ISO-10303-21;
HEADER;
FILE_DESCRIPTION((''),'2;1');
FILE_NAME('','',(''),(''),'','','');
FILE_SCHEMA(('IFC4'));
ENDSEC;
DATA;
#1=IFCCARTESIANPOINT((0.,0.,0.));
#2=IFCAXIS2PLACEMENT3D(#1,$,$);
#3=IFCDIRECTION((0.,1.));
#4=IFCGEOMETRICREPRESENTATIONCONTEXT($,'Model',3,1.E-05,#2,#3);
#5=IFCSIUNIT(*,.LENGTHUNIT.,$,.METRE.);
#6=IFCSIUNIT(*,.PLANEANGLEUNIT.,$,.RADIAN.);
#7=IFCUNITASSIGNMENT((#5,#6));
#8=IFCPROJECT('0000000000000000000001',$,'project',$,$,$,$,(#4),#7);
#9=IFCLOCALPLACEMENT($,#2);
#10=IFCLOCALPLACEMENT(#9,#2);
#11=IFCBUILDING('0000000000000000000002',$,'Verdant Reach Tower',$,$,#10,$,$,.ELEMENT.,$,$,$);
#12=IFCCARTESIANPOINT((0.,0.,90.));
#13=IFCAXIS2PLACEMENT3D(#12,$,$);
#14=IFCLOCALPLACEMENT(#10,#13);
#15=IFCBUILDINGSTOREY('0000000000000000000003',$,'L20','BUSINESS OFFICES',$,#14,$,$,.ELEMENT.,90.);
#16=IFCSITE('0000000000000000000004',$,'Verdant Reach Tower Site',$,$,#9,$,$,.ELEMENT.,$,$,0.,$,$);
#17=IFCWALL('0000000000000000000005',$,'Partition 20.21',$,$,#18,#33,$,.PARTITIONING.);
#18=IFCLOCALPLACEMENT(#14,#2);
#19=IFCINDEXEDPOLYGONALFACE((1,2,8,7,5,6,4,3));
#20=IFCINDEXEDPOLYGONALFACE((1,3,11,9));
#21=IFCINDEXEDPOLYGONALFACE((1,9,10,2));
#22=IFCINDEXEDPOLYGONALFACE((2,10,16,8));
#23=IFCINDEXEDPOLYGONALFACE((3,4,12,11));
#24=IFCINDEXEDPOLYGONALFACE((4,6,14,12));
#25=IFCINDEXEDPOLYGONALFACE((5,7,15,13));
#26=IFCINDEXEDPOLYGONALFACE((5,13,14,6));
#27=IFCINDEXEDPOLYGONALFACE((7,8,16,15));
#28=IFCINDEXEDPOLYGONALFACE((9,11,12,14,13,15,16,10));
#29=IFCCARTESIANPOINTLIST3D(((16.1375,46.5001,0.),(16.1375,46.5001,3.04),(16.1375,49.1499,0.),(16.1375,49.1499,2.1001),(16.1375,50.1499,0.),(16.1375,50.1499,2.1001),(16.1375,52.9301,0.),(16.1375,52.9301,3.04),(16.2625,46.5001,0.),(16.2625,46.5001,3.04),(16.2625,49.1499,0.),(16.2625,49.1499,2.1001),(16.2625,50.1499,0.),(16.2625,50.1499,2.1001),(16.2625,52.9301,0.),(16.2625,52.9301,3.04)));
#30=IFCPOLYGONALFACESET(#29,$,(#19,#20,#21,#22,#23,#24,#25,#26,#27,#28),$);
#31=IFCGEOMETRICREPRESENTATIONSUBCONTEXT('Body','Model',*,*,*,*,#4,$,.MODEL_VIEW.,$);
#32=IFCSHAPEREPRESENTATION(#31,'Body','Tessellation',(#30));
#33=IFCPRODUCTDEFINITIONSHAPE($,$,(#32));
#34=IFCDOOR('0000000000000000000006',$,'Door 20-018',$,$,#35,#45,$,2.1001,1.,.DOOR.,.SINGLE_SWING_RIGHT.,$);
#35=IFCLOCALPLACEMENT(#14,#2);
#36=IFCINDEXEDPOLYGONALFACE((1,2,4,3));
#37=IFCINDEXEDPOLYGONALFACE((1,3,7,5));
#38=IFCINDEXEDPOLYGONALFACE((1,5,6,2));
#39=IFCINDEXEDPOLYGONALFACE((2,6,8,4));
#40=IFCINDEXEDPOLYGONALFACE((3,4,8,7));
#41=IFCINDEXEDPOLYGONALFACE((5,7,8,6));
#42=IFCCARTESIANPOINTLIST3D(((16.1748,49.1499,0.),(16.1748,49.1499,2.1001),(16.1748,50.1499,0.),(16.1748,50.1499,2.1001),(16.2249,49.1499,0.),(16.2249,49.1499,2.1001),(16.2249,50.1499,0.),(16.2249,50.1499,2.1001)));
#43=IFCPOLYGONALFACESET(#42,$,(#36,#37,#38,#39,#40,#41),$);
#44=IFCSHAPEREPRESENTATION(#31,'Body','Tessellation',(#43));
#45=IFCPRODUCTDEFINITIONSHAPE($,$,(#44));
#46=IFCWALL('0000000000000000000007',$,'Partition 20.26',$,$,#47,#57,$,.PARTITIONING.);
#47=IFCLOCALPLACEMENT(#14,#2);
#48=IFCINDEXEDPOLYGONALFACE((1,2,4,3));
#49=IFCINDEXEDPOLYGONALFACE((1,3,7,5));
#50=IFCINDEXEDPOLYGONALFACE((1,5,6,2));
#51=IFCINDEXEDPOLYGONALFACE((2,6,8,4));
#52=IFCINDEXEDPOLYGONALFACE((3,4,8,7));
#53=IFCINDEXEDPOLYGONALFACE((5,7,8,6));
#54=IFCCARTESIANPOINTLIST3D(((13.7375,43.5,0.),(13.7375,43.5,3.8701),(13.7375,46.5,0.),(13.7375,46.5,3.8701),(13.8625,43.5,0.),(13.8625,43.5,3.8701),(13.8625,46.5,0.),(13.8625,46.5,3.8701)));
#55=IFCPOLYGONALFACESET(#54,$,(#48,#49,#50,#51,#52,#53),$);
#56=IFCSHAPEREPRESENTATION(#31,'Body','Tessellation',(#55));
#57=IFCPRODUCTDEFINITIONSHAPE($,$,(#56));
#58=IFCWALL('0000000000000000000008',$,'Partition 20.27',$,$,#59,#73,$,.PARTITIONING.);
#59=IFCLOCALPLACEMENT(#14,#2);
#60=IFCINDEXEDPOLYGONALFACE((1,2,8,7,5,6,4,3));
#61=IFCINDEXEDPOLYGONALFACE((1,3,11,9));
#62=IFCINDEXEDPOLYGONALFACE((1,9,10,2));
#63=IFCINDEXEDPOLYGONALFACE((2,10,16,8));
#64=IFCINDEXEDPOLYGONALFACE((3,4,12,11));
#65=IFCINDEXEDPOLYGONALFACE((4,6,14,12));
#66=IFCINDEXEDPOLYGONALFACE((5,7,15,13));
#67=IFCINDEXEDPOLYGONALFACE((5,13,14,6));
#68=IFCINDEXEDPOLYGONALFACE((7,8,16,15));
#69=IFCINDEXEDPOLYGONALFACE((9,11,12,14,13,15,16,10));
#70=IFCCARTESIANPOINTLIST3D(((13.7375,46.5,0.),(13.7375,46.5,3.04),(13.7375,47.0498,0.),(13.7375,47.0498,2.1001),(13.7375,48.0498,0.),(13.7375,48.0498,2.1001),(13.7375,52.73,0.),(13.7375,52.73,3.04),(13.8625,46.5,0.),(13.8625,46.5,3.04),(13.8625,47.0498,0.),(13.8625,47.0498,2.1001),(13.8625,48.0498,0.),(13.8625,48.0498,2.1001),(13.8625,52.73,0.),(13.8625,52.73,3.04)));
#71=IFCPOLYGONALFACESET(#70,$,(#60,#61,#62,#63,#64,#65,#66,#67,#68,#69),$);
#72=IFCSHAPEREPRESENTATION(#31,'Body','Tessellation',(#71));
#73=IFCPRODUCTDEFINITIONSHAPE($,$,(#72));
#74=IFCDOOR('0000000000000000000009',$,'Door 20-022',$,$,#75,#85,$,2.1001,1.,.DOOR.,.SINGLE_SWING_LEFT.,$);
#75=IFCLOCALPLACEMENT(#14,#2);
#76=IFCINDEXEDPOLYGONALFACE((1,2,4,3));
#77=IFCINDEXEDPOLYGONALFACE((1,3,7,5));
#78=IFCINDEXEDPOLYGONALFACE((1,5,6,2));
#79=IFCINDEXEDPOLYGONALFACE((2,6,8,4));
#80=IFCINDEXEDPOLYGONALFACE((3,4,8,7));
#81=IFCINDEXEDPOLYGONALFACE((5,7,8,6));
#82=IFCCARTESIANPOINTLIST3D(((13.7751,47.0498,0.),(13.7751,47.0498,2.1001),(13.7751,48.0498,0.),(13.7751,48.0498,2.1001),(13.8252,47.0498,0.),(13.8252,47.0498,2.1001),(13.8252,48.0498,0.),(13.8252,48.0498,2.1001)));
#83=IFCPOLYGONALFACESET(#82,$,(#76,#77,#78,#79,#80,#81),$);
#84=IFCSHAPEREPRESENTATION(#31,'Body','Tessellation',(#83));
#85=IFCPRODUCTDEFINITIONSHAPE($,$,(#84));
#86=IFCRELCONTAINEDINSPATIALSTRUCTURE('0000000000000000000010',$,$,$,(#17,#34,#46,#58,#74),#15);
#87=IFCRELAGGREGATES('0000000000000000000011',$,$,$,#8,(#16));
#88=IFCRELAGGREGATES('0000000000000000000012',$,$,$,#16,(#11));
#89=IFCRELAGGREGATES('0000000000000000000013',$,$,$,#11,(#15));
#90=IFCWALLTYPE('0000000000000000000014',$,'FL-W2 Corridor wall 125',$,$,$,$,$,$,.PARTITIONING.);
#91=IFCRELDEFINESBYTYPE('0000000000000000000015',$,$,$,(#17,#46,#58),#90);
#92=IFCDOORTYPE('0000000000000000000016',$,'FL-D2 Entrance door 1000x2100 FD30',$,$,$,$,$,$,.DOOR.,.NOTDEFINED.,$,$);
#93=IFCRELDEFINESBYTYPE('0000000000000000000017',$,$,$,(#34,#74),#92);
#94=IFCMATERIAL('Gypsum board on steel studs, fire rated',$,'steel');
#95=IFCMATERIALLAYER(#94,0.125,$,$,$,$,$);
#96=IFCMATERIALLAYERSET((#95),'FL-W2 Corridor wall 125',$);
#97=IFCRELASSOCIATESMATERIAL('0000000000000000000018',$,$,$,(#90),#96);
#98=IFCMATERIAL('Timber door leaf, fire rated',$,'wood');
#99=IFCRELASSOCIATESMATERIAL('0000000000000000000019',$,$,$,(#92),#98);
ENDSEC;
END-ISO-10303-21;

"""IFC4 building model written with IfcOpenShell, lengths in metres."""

from ifc_helpers import new_model, si_unit, direction, frame, frame_2d, origin, place, context, subcontext, project, spatial, rectangle, extrude, material, layer, layer_set, type_object, element, fill, save


model = new_model("IFC4")

# Units and contexts
model_context = context("Model", 3, precision=1e-05, world=origin(), true_north=direction((0.0, 1.0)))
body_context = subcontext(model_context, "Body", "Model", "MODEL_VIEW")
ifc_project = project(units=[si_unit("LENGTHUNIT", "METRE"), si_unit("PLANEANGLEUNIT", "RADIAN")], contexts=[model_context])

# Site, building, storey
site_placement = place(None, origin())
site = spatial("IfcSite", under=ifc_project, at=site_placement, Name="Verdant Reach Tower Site", CompositionType="ELEMENT", RefElevation=0.0)
building_placement = place(site_placement, origin())
building = spatial("IfcBuilding", under=site, at=building_placement, Name="Verdant Reach Tower", CompositionType="ELEMENT")
storey_placement = place(building_placement, frame((0.0, 0.0, 90.0)))
storey = spatial("IfcBuildingStorey", under=building, at=storey_placement, Name="L20", Description="BUSINESS OFFICES", CompositionType="ELEMENT", Elevation=90.0)

# Wall, opening, door
ifc_material_1 = material(Name="Gypsum board on steel studs, fire rated", Category="steel")
ifc_layer_1 = layer(ifc_material_1, 0.125)
ifc_layer_set_1 = layer_set([ifc_layer_1], Name="FL-W2 Corridor wall 125")
wall_type_1 = type_object("IfcWallType", Name="FL-W2 Corridor wall 125", PredefinedType="PARTITIONING", material=ifc_layer_set_1)
ifc_material_2 = material(Name="Timber door leaf, fire rated", Category="wood")
door_type_1 = type_object("IfcDoorType", Name="FL-D2 Entrance door 1000x2100 FD30", OperationType="NOTDEFINED", PredefinedType="DOOR", material=ifc_material_2)
wall_1_placement = place(storey_placement, frame((16.2, 52.9299, 0.0), z_axis=(0.0, 0.0, 1.0), x_axis=(0.0, -1.0, 0.0)))
wall_1 = element("IfcWall", 1, at=wall_1_placement, inside=storey, type_object=wall_type_1, Name="Partition 20.21", PredefinedType="PARTITIONING", context=body_context, shape_type="SweptSolid", body=[
    extrude(rectangle(XDim=6.4299, YDim=0.125, at=frame_2d((3.2148, 0.0))), origin(), (0.0, 0.0, 1.0), 3.04),
])
opening_1_placement = place(wall_1_placement, frame((2.78, 0.0, 0.0)))
opening_1 = element("IfcOpeningElement", 2, at=opening_1_placement, cuts=wall_1, PredefinedType="OPENING", context=body_context, shape_type="SweptSolid", body=[
    extrude(rectangle(XDim=1.0, YDim=2.1001, at=frame_2d((0.5, 1.05))), frame((0.0, 0.0725, 0.0), z_axis=(0.0, -1.0, 0.0), x_axis=(1.0, 0.0, 0.0)), (0.0, 0.0, 1.0), 0.145),
])
door_1_placement = place(opening_1_placement, origin())
door_1 = element("IfcDoor", 3, at=door_1_placement, inside=storey, type_object=door_type_1, Name="Door 20-018", OperationType="SINGLE_SWING_RIGHT", OverallHeight=2.1001, OverallWidth=1.0, PredefinedType="DOOR", context=body_context, shape_type="SweptSolid", body=[
    extrude(rectangle(XDim=1.0, YDim=2.1001, at=frame_2d((0.5, 1.05))), frame((0.0, 0.0249, 0.0), z_axis=(0.0, -1.0, 0.0), x_axis=(1.0, 0.0, 0.0)), (0.0, 0.0, 1.0), 0.05),
])
fill(opening_1, door_1)

# Wall
wall_2_placement = place(storey_placement, frame((13.8, 46.5, 0.0), z_axis=(0.0, 0.0, 1.0), x_axis=(0.0, -1.0, 0.0)))
element("IfcWall", 4, at=wall_2_placement, inside=storey, type_object=wall_type_1, Name="Partition 20.26", PredefinedType="PARTITIONING", context=body_context, shape_type="SweptSolid", body=[
    extrude(rectangle(XDim=3.0, YDim=0.125, at=frame_2d((1.5, 0.0))), origin(), (0.0, 0.0, 1.0), 3.8701),
])

# Wall, opening, door
wall_3_placement = place(storey_placement, frame((13.8, 46.5, 0.0), z_axis=(0.0, 0.0, 1.0), x_axis=(0.0, 1.0, 0.0)))
wall_3 = element("IfcWall", 5, at=wall_3_placement, inside=storey, type_object=wall_type_1, Name="Partition 20.27", PredefinedType="PARTITIONING", context=body_context, shape_type="SweptSolid", body=[
    extrude(rectangle(XDim=6.23, YDim=0.125, at=frame_2d((3.115, 0.0))), origin(), (0.0, 0.0, 1.0), 3.04),
])
opening_2_placement = place(wall_3_placement, frame((0.5498, 0.0, 0.0)))
opening_2 = element("IfcOpeningElement", 6, at=opening_2_placement, cuts=wall_3, PredefinedType="OPENING", context=body_context, shape_type="SweptSolid", body=[
    extrude(rectangle(XDim=1.0, YDim=2.1001, at=frame_2d((0.5, 1.05))), frame((0.0, 0.0725, 0.0), z_axis=(0.0, -1.0, 0.0), x_axis=(1.0, 0.0, 0.0)), (0.0, 0.0, 1.0), 0.145),
])
door_2_placement = place(opening_2_placement, origin())
door_2 = element("IfcDoor", 7, at=door_2_placement, inside=storey, type_object=door_type_1, Name="Door 20-022", OperationType="SINGLE_SWING_LEFT", OverallHeight=2.1001, OverallWidth=1.0, PredefinedType="DOOR", context=body_context, shape_type="SweptSolid", body=[
    extrude(rectangle(XDim=1.0, YDim=2.1001, at=frame_2d((0.5, 1.05))), frame((0.0, 0.0249, 0.0), z_axis=(0.0, -1.0, 0.0), x_axis=(1.0, 0.0, 0.0)), (0.0, 0.0, 1.0), 0.05),
])
fill(opening_2, door_2)

save(model, "model.ifc")
